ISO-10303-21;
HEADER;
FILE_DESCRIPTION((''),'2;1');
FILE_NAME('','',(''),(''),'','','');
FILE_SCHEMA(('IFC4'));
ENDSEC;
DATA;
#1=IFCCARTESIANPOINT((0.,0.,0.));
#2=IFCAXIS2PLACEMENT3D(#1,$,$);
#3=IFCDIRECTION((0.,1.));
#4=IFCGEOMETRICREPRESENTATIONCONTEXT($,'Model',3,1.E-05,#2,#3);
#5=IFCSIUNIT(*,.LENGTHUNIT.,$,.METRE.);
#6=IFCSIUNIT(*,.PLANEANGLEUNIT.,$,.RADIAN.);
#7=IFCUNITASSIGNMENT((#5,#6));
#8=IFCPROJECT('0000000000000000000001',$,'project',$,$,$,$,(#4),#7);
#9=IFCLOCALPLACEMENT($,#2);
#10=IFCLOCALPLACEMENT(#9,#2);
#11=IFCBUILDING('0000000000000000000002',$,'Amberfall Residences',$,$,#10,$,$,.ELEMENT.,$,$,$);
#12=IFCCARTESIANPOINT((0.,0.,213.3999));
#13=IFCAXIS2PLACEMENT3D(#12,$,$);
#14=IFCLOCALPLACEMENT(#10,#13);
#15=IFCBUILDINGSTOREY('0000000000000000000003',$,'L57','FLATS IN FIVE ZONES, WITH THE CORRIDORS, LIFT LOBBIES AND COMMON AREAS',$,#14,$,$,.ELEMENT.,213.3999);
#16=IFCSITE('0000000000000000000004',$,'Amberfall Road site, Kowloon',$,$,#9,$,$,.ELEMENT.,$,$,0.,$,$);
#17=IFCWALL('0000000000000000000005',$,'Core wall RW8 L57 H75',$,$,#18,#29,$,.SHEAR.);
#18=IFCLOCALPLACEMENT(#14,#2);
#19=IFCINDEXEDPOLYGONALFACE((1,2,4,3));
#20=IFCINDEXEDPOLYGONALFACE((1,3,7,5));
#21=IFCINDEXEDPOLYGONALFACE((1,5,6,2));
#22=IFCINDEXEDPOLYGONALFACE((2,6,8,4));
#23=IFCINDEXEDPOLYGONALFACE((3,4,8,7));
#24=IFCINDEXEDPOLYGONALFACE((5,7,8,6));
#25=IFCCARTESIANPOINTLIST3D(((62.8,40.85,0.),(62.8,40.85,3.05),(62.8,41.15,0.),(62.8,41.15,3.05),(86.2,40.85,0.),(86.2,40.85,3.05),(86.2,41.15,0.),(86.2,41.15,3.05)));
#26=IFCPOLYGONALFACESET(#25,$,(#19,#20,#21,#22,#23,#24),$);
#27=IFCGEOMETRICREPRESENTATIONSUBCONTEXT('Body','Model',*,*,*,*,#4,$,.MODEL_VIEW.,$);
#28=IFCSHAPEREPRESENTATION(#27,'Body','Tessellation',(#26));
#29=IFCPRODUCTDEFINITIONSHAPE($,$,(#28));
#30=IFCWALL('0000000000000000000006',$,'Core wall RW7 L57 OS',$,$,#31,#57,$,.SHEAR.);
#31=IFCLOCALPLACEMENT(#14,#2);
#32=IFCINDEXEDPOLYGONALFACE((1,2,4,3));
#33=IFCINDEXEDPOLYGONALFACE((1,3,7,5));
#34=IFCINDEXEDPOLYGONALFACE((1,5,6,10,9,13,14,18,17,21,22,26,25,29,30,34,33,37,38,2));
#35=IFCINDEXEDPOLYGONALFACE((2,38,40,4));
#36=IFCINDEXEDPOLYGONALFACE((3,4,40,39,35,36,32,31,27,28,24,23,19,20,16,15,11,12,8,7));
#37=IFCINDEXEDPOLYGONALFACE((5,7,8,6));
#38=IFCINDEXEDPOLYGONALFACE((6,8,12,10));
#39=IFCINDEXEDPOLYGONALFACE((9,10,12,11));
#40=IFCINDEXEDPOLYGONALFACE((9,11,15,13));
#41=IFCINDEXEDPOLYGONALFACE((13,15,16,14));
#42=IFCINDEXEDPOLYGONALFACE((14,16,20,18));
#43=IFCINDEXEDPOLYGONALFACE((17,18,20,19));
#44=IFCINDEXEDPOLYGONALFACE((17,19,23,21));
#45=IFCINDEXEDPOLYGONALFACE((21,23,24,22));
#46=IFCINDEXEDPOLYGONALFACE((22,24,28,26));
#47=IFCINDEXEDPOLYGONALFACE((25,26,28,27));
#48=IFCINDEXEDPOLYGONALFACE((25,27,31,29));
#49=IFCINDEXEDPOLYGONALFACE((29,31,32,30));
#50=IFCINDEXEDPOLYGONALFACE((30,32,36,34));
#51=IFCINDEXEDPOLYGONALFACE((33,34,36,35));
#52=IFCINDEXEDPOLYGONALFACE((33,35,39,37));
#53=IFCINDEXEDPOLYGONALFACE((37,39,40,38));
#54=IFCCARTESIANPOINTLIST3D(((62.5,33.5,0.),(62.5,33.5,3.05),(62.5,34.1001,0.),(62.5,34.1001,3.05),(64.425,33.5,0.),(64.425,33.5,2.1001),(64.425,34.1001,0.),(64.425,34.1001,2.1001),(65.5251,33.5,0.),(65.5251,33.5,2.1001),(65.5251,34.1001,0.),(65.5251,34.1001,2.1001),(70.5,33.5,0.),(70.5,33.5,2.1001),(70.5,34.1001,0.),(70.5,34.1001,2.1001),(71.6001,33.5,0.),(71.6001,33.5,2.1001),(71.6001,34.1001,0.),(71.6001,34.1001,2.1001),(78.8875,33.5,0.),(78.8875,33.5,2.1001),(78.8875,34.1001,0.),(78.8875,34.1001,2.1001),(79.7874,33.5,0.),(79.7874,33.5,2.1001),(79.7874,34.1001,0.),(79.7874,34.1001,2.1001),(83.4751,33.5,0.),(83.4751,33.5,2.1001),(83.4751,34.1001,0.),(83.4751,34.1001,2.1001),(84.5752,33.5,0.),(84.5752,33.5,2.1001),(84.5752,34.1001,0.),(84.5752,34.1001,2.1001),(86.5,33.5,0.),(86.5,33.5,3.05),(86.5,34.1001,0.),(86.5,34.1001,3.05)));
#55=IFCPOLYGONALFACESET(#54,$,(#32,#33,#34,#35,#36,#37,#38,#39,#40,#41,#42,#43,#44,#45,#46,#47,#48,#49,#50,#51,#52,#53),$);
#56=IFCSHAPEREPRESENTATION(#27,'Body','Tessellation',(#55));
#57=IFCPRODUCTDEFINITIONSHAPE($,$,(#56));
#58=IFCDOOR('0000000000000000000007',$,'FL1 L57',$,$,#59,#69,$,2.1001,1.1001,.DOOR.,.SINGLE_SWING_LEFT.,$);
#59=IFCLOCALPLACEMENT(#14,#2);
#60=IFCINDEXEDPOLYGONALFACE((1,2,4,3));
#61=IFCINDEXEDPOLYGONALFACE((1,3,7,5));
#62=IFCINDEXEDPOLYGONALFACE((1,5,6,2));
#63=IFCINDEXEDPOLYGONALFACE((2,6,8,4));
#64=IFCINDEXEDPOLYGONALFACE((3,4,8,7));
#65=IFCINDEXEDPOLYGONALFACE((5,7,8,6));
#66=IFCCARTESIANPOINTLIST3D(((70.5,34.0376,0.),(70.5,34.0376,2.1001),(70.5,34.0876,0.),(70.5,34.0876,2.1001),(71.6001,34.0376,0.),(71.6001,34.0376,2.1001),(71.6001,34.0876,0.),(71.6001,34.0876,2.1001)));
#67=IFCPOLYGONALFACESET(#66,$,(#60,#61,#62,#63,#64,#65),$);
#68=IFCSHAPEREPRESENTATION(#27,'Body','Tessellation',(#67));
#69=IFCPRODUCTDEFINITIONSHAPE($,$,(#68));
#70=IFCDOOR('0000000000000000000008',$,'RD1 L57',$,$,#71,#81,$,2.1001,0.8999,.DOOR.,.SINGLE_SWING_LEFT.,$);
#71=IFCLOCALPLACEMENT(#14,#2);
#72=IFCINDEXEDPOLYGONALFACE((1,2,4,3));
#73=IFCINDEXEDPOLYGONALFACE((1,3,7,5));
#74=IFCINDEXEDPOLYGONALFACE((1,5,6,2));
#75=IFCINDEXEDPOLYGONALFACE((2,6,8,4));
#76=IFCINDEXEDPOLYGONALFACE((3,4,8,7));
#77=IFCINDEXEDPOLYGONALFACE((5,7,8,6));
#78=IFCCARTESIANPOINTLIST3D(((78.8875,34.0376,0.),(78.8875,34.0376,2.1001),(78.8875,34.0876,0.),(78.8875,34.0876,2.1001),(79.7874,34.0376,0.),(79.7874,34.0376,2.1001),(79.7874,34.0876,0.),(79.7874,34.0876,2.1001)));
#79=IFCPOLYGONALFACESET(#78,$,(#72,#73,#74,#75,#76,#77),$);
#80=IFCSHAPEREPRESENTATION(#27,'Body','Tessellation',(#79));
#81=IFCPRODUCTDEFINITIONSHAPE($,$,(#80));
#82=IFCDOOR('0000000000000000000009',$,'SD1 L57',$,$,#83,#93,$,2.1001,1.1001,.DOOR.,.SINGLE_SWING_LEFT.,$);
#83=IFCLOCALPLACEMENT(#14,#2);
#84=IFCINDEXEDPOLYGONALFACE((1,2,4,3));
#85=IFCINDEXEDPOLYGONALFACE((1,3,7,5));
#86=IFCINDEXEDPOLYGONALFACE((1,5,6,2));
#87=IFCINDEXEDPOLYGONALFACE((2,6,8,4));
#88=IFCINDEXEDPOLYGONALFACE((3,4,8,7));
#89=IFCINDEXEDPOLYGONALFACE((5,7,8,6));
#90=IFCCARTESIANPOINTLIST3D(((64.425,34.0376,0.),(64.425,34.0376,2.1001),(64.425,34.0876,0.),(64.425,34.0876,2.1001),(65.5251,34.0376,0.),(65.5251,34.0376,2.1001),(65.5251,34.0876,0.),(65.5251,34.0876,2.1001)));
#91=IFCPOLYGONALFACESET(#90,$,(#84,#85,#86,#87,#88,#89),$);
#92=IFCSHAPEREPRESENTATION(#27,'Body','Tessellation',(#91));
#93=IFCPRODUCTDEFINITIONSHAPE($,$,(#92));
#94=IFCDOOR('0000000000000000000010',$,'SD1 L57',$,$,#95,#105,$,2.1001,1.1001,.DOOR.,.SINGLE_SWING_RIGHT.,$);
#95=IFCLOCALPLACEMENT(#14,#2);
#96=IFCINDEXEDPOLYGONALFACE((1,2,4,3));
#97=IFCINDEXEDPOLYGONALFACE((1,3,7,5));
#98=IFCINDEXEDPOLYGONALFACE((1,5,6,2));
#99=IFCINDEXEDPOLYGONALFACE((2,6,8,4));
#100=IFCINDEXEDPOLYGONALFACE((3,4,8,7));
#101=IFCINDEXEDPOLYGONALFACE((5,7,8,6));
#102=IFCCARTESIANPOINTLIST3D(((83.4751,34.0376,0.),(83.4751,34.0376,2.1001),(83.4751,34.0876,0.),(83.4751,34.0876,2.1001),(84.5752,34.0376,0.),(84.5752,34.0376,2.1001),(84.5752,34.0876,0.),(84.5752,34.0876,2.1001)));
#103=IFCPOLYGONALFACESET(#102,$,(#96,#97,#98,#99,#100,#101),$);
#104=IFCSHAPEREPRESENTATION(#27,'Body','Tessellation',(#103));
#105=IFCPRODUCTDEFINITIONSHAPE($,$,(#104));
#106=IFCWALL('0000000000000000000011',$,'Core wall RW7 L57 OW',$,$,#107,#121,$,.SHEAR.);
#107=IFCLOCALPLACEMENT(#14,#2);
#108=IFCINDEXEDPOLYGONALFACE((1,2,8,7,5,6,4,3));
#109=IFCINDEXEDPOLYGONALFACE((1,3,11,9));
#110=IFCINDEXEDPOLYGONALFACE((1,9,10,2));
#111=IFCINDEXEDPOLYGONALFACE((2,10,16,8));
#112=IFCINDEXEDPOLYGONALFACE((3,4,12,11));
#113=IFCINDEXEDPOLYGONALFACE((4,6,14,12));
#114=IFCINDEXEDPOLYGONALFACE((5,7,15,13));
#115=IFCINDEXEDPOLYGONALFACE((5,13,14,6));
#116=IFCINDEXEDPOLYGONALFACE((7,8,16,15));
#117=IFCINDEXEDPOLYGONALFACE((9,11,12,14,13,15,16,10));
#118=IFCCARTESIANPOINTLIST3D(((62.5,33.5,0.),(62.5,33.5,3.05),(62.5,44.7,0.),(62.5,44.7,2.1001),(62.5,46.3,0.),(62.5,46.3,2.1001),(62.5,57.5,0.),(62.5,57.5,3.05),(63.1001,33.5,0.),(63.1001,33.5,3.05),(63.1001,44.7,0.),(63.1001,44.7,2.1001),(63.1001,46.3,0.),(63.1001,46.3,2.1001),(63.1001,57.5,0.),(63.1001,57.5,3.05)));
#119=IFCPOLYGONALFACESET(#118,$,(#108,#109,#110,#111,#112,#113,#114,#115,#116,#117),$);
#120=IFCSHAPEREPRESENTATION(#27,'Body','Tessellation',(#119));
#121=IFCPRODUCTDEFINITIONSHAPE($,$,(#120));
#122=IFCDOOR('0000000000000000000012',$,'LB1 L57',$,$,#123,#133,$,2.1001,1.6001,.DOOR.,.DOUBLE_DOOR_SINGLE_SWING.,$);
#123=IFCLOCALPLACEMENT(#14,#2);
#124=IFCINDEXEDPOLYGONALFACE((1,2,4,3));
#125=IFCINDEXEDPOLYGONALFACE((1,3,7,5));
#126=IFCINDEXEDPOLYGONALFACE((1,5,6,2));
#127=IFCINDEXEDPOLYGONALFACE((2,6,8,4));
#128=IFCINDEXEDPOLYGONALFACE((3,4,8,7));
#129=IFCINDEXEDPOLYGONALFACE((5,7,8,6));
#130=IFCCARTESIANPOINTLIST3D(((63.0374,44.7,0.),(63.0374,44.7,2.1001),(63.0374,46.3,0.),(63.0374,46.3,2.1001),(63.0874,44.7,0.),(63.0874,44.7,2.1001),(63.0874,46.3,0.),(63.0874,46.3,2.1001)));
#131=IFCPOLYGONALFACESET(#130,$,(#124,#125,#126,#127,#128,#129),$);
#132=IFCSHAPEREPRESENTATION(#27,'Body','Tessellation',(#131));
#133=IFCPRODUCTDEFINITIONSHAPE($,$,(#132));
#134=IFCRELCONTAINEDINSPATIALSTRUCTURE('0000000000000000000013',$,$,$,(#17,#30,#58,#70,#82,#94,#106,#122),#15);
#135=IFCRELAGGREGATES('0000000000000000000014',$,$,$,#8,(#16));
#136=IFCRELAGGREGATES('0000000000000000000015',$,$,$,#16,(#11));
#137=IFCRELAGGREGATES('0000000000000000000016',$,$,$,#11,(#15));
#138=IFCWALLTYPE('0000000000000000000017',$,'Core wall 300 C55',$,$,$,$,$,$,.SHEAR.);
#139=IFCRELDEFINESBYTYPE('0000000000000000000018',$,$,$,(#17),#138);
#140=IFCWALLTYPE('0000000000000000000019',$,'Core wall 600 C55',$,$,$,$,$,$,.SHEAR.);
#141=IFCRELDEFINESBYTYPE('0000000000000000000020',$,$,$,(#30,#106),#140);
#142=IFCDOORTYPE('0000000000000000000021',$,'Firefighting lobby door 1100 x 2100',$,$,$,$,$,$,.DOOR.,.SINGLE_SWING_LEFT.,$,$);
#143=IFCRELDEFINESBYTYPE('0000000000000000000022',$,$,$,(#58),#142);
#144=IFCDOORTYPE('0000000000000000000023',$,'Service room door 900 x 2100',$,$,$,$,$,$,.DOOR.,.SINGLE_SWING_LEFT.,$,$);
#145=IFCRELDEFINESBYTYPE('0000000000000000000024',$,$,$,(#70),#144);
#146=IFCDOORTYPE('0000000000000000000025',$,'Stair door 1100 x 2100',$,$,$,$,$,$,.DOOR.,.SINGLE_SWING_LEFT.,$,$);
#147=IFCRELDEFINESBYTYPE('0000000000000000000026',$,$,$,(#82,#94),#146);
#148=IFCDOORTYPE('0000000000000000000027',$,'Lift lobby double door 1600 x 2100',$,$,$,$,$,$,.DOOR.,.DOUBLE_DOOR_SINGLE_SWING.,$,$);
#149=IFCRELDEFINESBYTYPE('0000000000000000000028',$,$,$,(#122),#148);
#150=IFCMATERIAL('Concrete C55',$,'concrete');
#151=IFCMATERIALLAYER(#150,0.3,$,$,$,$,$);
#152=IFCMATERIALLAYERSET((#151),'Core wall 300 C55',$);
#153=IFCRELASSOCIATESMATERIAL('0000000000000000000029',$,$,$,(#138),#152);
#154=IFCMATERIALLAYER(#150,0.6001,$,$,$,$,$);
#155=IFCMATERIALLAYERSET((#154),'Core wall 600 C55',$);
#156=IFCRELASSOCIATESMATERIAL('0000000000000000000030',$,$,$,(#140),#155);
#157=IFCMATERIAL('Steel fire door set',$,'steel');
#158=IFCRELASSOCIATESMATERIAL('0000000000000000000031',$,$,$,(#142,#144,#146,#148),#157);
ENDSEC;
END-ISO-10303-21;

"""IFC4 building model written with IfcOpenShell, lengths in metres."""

from ifc_helpers import new_model, si_unit, direction, frame, frame_2d, origin, place, context, subcontext, project, spatial, rectangle, extrude, material, layer, layer_set, type_object, element, fill, save


model = new_model("IFC4")

# Units and contexts
model_context = context("Model", 3, precision=1e-05, world=origin(), true_north=direction((0.0, 1.0)))
body_context = subcontext(model_context, "Body", "Model", "MODEL_VIEW")
ifc_project = project(units=[si_unit("LENGTHUNIT", "METRE"), si_unit("PLANEANGLEUNIT", "RADIAN")], contexts=[model_context])

# Site, building, storey
site_placement = place(None, origin())
site = spatial("IfcSite", under=ifc_project, at=site_placement, Name="Amberfall Road site, Kowloon", CompositionType="ELEMENT", RefElevation=0.0)
building_placement = place(site_placement, origin())
building = spatial("IfcBuilding", under=site, at=building_placement, Name="Amberfall Residences", CompositionType="ELEMENT")
storey_placement = place(building_placement, frame((0.0, 0.0, 213.3999)))
storey = spatial("IfcBuildingStorey", under=building, at=storey_placement, Name="L57", Description="FLATS IN FIVE ZONES, WITH THE CORRIDORS, LIFT LOBBIES AND COMMON AREAS", CompositionType="ELEMENT", Elevation=213.3999)

# Wall
ifc_material_1 = material(Name="Concrete C55", Category="concrete")
ifc_layer_1 = layer(ifc_material_1, 0.3)
ifc_layer_set_1 = layer_set([ifc_layer_1], Name="Core wall 300 C55")
wall_type_1 = type_object("IfcWallType", Name="Core wall 300 C55", PredefinedType="SHEAR", material=ifc_layer_set_1)
wall_1_placement = place(storey_placement, frame((62.8, 41.0, 0.0), z_axis=(0.0, 0.0, 1.0), x_axis=(1.0, 0.0, 0.0)))
element("IfcWall", 1, at=wall_1_placement, inside=storey, type_object=wall_type_1, Name="Core wall RW8 L57 H75", PredefinedType="SHEAR", context=body_context, shape_type="SweptSolid", body=[
    extrude(rectangle(XDim=23.3999, YDim=0.3, at=frame_2d((11.7, 0.0))), origin(), (0.0, 0.0, 1.0), 3.05),
])

# Wall, openings, doors
ifc_layer_2 = layer(ifc_material_1, 0.6001)
ifc_layer_set_2 = layer_set([ifc_layer_2], Name="Core wall 600 C55")
wall_type_2 = type_object("IfcWallType", Name="Core wall 600 C55", PredefinedType="SHEAR", material=ifc_layer_set_2)
wall_2_placement = place(storey_placement, frame((62.5, 33.8, 0.0), z_axis=(0.0, 0.0, 1.0), x_axis=(1.0, 0.0, 0.0)))
wall_2 = element("IfcWall", 2, at=wall_2_placement, inside=storey, type_object=wall_type_2, Name="Core wall RW7 L57 OS", PredefinedType="SHEAR", context=body_context, shape_type="SweptSolid", body=[
    extrude(rectangle(XDim=24.0, YDim=0.6001, at=frame_2d((12.0, 0.0))), origin(), (0.0, 0.0, 1.0), 3.05),
])
opening_1_placement = place(wall_2_placement, frame((1.925, 0.0, 0.0)))
opening_1 = element("IfcOpeningElement", 3, at=opening_1_placement, cuts=wall_2, PredefinedType="OPENING", context=body_context, shape_type="SweptSolid", body=[
    extrude(rectangle(XDim=1.1001, YDim=2.1001, at=frame_2d((0.55, 1.05))), frame((0.0, 0.3101, 0.0), z_axis=(0.0, -1.0, 0.0), x_axis=(1.0, 0.0, 0.0)), (0.0, 0.0, 1.0), 0.6201),
])
opening_2_placement = place(wall_2_placement, frame((20.9751, 0.0, 0.0)))
opening_2 = element("IfcOpeningElement", 4, at=opening_2_placement, cuts=wall_2, PredefinedType="OPENING", context=body_context, shape_type="SweptSolid", body=[
    extrude(rectangle(XDim=1.1001, YDim=2.1001, at=frame_2d((0.55, 1.05))), frame((0.0, 0.3101, 0.0), z_axis=(0.0, -1.0, 0.0), x_axis=(1.0, 0.0, 0.0)), (0.0, 0.0, 1.0), 0.6201),
])
opening_3_placement = place(wall_2_placement, frame((8.0, 0.0, 0.0)))
opening_3 = element("IfcOpeningElement", 5, at=opening_3_placement, cuts=wall_2, PredefinedType="OPENING", context=body_context, shape_type="SweptSolid", body=[
    extrude(rectangle(XDim=1.1001, YDim=2.1001, at=frame_2d((0.55, 1.05))), frame((0.0, 0.3101, 0.0), z_axis=(0.0, -1.0, 0.0), x_axis=(1.0, 0.0, 0.0)), (0.0, 0.0, 1.0), 0.6201),
])
opening_4_placement = place(wall_2_placement, frame((16.3875, 0.0, 0.0)))
opening_4 = element("IfcOpeningElement", 6, at=opening_4_placement, cuts=wall_2, PredefinedType="OPENING", context=body_context, shape_type="SweptSolid", body=[
    extrude(rectangle(XDim=0.8999, YDim=2.1001, at=frame_2d((0.45, 1.05))), frame((0.0, 0.3101, 0.0), z_axis=(0.0, -1.0, 0.0), x_axis=(1.0, 0.0, 0.0)), (0.0, 0.0, 1.0), 0.6201),
])
ifc_material_2 = material(Name="Steel fire door set", Category="steel")
door_type_1 = type_object("IfcDoorType", Name="Firefighting lobby door 1100 x 2100", OperationType="SINGLE_SWING_LEFT", PredefinedType="DOOR", material=ifc_material_2)
door_1_placement = place(opening_3_placement, origin())
door_1 = element("IfcDoor", 7, at=door_1_placement, inside=storey, type_object=door_type_1, Name="FL1 L57", OperationType="SINGLE_SWING_LEFT", OverallHeight=2.1001, OverallWidth=1.1001, PredefinedType="DOOR", context=body_context, shape_type="SweptSolid", body=[
    extrude(rectangle(XDim=1.1001, YDim=2.1001, at=frame_2d((0.55, 1.05))), frame((0.0, 0.2876, 0.0), z_axis=(0.0, -1.0, 0.0), x_axis=(1.0, 0.0, 0.0)), (0.0, 0.0, 1.0), 0.05),
])
fill(opening_3, door_1)
door_type_2 = type_object("IfcDoorType", Name="Service room door 900 x 2100", OperationType="SINGLE_SWING_LEFT", PredefinedType="DOOR", material=ifc_material_2)
door_2_placement = place(opening_4_placement, origin())
door_2 = element("IfcDoor", 8, at=door_2_placement, inside=storey, type_object=door_type_2, Name="RD1 L57", OperationType="SINGLE_SWING_LEFT", OverallHeight=2.1001, OverallWidth=0.8999, PredefinedType="DOOR", context=body_context, shape_type="SweptSolid", body=[
    extrude(rectangle(XDim=0.8999, YDim=2.1001, at=frame_2d((0.45, 1.05))), frame((0.0, 0.2876, 0.0), z_axis=(0.0, -1.0, 0.0), x_axis=(1.0, 0.0, 0.0)), (0.0, 0.0, 1.0), 0.05),
])
fill(opening_4, door_2)
door_type_3 = type_object("IfcDoorType", Name="Stair door 1100 x 2100", OperationType="SINGLE_SWING_LEFT", PredefinedType="DOOR", material=ifc_material_2)
door_3_placement = place(opening_1_placement, origin())
door_3 = element("IfcDoor", 9, at=door_3_placement, inside=storey, type_object=door_type_3, Name="SD1 L57", OperationType="SINGLE_SWING_LEFT", OverallHeight=2.1001, OverallWidth=1.1001, PredefinedType="DOOR", context=body_context, shape_type="SweptSolid", body=[
    extrude(rectangle(XDim=1.1001, YDim=2.1001, at=frame_2d((0.55, 1.05))), frame((0.0, 0.2876, 0.0), z_axis=(0.0, -1.0, 0.0), x_axis=(1.0, 0.0, 0.0)), (0.0, 0.0, 1.0), 0.05),
])
fill(opening_1, door_3)
door_4_placement = place(opening_2_placement, origin())
door_4 = element("IfcDoor", 10, at=door_4_placement, inside=storey, type_object=door_type_3, Name="SD1 L57", OperationType="SINGLE_SWING_RIGHT", OverallHeight=2.1001, OverallWidth=1.1001, PredefinedType="DOOR", context=body_context, shape_type="SweptSolid", body=[
    extrude(rectangle(XDim=1.1001, YDim=2.1001, at=frame_2d((0.55, 1.05))), frame((0.0, 0.2876, 0.0), z_axis=(0.0, -1.0, 0.0), x_axis=(1.0, 0.0, 0.0)), (0.0, 0.0, 1.0), 0.05),
])
fill(opening_2, door_4)

# Wall, opening, door
wall_3_placement = place(storey_placement, frame((62.8, 33.5, 0.0), z_axis=(0.0, 0.0, 1.0), x_axis=(0.0, 1.0, 0.0)))
wall_3 = element("IfcWall", 11, at=wall_3_placement, inside=storey, type_object=wall_type_2, Name="Core wall RW7 L57 OW", PredefinedType="SHEAR", context=body_context, shape_type="SweptSolid", body=[
    extrude(rectangle(XDim=24.0, YDim=0.6001, at=frame_2d((12.0, 0.0))), origin(), (0.0, 0.0, 1.0), 3.05),
])
opening_5_placement = place(wall_3_placement, frame((11.2, 0.0, 0.0)))
opening_5 = element("IfcOpeningElement", 12, at=opening_5_placement, cuts=wall_3, PredefinedType="OPENING", context=body_context, shape_type="SweptSolid", body=[
    extrude(rectangle(XDim=1.6001, YDim=2.1001, at=frame_2d((0.8, 1.05))), frame((0.0, 0.3101, 0.0), z_axis=(0.0, -1.0, 0.0), x_axis=(1.0, 0.0, 0.0)), (0.0, 0.0, 1.0), 0.6201),
])
door_type_4 = type_object("IfcDoorType", Name="Lift lobby double door 1600 x 2100", OperationType="DOUBLE_DOOR_SINGLE_SWING", PredefinedType="DOOR", material=ifc_material_2)
door_5_placement = place(opening_5_placement, origin())
door_5 = element("IfcDoor", 13, at=door_5_placement, inside=storey, type_object=door_type_4, Name="LB1 L57", OperationType="DOUBLE_DOOR_SINGLE_SWING", OverallHeight=2.1001, OverallWidth=1.6001, PredefinedType="DOOR", context=body_context, shape_type="SweptSolid", body=[
    extrude(rectangle(XDim=1.6001, YDim=2.1001, at=frame_2d((0.8, 1.05))), frame((0.0, -0.2373, 0.0), z_axis=(0.0, -1.0, 0.0), x_axis=(1.0, 0.0, 0.0)), (0.0, 0.0, 1.0), 0.05),
])
fill(opening_5, door_5)

save(model, "model.ifc")
